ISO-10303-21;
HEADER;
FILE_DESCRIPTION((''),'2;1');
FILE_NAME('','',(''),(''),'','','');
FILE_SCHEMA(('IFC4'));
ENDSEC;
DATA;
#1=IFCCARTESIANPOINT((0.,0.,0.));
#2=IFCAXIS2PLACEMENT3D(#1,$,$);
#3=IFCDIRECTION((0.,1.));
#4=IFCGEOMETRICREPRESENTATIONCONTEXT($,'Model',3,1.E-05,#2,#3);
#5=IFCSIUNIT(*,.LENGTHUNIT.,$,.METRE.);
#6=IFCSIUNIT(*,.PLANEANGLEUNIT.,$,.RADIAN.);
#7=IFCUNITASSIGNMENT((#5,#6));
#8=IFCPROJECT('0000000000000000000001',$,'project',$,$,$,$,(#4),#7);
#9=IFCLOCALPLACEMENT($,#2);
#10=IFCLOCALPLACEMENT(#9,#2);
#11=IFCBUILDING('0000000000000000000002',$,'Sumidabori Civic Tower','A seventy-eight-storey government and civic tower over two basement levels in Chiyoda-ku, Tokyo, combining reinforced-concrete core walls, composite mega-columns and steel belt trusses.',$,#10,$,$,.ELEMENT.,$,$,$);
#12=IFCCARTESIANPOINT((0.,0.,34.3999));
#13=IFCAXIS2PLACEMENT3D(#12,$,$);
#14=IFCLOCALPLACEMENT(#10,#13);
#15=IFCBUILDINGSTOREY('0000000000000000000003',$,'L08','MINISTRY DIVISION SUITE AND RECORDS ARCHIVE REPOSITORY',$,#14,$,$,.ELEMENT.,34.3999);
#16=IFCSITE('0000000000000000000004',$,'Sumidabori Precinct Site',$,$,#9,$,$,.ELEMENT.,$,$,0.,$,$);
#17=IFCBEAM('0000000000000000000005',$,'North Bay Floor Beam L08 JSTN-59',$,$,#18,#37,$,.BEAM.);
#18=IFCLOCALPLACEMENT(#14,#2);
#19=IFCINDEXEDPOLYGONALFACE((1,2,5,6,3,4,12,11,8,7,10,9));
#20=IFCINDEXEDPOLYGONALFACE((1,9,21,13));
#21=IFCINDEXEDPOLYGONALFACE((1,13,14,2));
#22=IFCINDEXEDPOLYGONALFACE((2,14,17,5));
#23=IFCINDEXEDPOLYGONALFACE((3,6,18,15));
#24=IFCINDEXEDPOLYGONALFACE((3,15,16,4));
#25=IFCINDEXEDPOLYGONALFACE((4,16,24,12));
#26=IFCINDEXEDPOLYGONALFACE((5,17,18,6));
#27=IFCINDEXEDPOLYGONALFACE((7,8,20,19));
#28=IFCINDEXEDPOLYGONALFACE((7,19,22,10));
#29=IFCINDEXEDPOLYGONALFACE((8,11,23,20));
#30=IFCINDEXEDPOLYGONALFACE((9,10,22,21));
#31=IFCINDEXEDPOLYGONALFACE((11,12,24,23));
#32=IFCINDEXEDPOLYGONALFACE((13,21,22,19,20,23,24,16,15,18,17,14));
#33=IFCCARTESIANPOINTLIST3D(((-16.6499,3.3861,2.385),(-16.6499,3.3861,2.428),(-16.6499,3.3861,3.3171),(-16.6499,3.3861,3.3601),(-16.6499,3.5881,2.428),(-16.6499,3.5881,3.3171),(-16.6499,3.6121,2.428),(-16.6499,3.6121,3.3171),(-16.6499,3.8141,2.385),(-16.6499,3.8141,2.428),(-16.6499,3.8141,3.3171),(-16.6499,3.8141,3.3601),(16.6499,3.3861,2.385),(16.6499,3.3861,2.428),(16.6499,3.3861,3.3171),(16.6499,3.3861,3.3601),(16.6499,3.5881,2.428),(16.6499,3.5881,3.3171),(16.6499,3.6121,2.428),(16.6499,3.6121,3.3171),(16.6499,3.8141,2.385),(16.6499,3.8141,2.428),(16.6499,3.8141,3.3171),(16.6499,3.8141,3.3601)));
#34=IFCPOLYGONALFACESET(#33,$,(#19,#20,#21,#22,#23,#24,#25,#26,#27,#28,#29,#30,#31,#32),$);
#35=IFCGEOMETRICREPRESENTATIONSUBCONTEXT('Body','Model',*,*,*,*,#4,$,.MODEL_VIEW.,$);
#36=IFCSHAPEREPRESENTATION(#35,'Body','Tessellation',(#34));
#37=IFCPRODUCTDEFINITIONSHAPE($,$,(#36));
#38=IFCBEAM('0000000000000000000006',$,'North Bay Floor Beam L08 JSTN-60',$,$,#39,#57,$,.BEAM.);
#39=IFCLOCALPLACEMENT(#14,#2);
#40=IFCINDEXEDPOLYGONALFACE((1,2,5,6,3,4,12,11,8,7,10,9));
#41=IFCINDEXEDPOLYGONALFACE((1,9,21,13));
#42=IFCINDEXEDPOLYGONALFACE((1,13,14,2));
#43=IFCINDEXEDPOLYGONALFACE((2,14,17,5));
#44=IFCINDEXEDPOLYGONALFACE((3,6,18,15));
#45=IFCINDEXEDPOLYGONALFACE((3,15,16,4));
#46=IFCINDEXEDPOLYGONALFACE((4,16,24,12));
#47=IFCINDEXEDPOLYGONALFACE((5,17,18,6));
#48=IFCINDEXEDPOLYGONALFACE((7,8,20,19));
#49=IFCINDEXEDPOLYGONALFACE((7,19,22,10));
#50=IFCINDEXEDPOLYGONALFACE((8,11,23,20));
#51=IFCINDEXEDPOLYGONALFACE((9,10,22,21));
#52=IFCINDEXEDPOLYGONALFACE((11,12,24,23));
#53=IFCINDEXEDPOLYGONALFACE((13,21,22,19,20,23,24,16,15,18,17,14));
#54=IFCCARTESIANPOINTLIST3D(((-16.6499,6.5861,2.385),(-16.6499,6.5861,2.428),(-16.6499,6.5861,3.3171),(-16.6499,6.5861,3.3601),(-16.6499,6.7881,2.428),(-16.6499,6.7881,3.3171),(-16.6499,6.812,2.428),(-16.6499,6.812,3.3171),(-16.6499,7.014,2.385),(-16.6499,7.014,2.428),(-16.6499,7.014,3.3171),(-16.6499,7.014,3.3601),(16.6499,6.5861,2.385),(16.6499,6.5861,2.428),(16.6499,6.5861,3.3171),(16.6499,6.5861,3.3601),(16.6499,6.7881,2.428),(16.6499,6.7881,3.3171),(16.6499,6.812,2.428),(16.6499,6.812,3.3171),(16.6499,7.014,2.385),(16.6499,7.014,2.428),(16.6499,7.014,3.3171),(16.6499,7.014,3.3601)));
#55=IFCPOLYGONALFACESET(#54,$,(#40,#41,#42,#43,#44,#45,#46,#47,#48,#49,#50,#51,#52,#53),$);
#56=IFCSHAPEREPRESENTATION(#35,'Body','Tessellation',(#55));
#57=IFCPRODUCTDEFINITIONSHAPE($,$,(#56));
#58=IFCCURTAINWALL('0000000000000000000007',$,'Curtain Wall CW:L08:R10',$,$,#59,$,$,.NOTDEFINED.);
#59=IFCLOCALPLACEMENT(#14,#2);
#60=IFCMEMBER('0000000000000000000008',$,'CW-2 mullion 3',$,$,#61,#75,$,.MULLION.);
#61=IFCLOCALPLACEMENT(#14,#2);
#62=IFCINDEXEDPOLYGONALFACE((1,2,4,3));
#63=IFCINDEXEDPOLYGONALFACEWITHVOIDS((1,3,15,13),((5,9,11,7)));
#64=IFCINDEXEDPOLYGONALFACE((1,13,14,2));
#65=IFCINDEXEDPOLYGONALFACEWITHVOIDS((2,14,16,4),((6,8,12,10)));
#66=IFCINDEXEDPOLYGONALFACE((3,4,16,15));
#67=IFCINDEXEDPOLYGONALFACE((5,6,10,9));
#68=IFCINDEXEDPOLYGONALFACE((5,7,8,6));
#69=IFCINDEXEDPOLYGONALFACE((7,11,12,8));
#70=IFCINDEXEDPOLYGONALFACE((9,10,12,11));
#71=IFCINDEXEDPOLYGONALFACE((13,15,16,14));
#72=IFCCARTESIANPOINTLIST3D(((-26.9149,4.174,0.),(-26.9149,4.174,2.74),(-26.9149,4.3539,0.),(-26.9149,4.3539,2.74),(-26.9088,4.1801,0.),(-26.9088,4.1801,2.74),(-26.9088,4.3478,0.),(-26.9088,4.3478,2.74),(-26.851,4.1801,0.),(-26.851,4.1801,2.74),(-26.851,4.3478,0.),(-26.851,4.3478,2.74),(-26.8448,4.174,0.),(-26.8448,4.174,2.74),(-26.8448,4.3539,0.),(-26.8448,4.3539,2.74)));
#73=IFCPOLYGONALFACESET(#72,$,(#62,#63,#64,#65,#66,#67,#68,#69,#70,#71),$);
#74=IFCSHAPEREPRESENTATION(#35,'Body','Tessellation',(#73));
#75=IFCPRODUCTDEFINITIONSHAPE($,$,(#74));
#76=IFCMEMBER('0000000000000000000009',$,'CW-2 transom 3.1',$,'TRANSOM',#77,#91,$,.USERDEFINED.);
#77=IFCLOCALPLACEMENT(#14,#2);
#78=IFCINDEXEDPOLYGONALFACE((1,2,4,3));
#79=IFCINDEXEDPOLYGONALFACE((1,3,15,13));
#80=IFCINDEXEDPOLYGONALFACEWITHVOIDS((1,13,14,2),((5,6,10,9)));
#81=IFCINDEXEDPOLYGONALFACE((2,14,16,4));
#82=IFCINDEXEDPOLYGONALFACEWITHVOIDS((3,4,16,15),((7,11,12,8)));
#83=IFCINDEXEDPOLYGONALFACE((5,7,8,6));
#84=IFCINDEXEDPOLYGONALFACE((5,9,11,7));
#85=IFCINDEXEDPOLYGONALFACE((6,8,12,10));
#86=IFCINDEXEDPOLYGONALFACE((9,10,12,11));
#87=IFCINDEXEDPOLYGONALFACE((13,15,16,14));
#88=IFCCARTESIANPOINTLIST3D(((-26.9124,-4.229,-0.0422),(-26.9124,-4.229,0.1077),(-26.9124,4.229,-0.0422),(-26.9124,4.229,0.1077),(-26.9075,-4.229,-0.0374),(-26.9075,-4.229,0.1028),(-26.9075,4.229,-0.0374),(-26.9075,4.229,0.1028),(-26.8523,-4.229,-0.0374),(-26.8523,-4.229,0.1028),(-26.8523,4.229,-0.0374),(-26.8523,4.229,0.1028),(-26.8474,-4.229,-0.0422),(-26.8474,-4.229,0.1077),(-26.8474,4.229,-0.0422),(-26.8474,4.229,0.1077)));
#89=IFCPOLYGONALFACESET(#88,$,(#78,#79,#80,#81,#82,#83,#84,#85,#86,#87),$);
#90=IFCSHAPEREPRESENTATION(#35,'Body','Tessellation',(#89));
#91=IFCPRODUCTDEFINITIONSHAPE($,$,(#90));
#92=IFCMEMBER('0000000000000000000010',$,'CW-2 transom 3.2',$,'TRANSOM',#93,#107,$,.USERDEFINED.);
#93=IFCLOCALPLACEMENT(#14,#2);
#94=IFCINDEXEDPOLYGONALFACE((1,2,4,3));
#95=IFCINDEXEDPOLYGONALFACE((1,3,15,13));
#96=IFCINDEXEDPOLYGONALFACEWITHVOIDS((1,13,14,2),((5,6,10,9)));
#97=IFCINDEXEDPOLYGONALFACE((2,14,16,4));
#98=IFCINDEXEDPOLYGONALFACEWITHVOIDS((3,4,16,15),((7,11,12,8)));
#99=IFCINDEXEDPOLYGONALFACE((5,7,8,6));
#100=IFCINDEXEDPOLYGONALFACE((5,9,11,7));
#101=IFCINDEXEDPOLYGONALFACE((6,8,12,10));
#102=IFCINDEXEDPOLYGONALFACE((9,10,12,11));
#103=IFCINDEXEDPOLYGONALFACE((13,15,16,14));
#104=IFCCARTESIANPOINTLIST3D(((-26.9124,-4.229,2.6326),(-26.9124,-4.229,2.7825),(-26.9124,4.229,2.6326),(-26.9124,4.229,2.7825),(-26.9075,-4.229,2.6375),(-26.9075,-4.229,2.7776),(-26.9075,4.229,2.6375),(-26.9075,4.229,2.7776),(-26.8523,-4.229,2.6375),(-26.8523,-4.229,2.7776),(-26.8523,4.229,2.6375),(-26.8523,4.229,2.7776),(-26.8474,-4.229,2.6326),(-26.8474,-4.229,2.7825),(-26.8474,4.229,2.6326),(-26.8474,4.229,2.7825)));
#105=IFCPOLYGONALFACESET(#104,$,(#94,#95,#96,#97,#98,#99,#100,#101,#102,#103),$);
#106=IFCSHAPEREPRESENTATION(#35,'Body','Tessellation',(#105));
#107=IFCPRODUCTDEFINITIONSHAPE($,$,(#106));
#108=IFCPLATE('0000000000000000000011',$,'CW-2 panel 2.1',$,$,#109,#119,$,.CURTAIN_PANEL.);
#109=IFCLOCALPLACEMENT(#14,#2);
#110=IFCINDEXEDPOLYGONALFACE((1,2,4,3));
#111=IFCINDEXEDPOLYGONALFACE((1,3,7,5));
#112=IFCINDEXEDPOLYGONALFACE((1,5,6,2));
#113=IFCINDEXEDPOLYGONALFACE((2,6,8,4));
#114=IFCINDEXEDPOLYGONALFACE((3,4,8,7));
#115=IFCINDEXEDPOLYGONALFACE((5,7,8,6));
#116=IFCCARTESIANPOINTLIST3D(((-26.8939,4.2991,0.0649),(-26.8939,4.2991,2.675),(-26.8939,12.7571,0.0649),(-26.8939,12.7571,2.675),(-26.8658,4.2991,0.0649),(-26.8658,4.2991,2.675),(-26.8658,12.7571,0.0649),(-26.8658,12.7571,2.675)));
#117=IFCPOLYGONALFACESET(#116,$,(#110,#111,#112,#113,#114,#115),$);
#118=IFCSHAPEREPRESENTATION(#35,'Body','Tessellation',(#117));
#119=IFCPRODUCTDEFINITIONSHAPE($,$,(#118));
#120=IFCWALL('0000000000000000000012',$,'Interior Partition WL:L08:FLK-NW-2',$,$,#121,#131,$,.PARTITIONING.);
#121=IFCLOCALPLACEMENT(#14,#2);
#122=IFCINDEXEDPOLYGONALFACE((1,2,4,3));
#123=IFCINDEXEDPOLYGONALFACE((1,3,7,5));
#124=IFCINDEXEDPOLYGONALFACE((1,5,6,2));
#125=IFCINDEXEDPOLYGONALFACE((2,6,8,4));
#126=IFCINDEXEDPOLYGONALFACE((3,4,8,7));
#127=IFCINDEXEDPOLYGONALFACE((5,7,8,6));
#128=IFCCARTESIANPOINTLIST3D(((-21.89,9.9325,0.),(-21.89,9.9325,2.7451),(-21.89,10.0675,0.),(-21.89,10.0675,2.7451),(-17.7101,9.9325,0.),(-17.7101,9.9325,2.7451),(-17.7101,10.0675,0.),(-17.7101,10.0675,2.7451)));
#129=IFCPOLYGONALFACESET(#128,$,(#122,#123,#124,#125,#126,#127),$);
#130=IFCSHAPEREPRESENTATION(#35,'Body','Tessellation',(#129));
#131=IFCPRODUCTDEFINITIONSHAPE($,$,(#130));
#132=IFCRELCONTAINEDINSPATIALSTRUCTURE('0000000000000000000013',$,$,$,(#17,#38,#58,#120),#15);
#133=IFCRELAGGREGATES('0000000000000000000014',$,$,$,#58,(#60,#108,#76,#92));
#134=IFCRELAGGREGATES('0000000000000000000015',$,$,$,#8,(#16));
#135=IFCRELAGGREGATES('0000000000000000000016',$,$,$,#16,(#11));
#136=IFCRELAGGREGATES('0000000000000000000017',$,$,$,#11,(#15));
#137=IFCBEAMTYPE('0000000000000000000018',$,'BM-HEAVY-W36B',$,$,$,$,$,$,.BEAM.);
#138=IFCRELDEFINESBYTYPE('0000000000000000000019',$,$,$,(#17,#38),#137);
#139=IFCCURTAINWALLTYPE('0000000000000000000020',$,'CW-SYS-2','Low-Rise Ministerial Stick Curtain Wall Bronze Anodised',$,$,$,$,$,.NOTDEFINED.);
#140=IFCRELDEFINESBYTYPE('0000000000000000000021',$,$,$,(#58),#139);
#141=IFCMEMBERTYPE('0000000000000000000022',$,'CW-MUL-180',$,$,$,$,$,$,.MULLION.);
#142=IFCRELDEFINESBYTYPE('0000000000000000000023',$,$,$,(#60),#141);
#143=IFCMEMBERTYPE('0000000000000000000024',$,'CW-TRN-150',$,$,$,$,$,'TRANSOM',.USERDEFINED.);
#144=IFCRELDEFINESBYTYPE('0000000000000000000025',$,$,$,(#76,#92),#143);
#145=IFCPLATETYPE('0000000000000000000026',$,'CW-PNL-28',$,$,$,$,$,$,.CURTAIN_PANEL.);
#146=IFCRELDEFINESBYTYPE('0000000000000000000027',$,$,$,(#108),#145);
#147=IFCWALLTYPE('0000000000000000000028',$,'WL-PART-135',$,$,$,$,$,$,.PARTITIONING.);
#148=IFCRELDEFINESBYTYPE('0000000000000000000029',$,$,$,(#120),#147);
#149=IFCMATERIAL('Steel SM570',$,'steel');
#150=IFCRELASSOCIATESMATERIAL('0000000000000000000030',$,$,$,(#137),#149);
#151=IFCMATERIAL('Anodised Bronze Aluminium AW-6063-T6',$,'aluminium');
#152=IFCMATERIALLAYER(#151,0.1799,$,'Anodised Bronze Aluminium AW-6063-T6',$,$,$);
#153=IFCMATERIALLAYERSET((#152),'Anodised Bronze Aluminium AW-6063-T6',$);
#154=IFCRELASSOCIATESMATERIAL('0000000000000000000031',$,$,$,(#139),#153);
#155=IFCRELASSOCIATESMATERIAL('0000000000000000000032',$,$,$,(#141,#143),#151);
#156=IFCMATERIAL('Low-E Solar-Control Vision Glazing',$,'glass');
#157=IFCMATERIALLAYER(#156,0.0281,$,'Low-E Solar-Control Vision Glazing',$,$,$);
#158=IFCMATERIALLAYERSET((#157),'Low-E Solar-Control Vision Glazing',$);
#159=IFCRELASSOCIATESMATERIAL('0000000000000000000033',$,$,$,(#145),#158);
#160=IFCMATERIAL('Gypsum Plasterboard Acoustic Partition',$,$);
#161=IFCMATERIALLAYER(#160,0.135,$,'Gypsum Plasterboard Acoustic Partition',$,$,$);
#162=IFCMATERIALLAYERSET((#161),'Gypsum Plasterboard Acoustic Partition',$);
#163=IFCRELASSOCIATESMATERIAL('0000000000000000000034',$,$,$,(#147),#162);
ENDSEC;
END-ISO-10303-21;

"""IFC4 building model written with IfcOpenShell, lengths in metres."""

from ifc_helpers import new_model, si_unit, direction, frame, frame_2d, origin, origin_2d, place, context, subcontext, project, spatial, rectangle, hollow_rectangle, i_section, extrude, source, transform, mapped, material, layer, layer_set, material_profile, profile_set, type_object, element, aggregate, save


model = new_model("IFC4")

# Units and contexts
model_context = context("Model", 3, precision=1e-05, world=origin(), true_north=direction((0.0, 1.0)))
body_context = subcontext(model_context, "Body", "Model", "MODEL_VIEW")
ifc_project = project(units=[si_unit("LENGTHUNIT", "METRE"), si_unit("PLANEANGLEUNIT", "RADIAN")], contexts=[model_context])

# Site, building, storey
site_placement = place(None, origin())
site = spatial("IfcSite", under=ifc_project, at=site_placement, Name="Sumidabori Precinct Site", CompositionType="ELEMENT", RefElevation=0.0)
building_placement = place(site_placement, origin())
building = spatial("IfcBuilding", under=site, at=building_placement, Name="Sumidabori Civic Tower", Description="A seventy-eight-storey government and civic tower over two basement levels in Chiyoda-ku, Tokyo, combining reinforced-concrete core walls, composite mega-columns and steel belt trusses.", CompositionType="ELEMENT")
storey_placement = place(building_placement, frame((0.0, 0.0, 34.3999)))
storey = spatial("IfcBuildingStorey", under=building, at=storey_placement, Name="L08", Description="MINISTRY DIVISION SUITE AND RECORDS ARCHIVE REPOSITORY", CompositionType="ELEMENT", Elevation=34.3999)

# Beams
ifc_material_1 = material(Name="Steel SM570", Category="steel")
ifc_material_profile_1 = material_profile(ifc_material_1, i_section(OverallWidth=0.428, OverallDepth=0.9751, WebThickness=0.0239, FlangeThickness=0.043, at=origin_2d()), Name="W36X395")
ifc_profile_set_1 = profile_set([ifc_material_profile_1], Name="Steel SM570")
beam_type_1 = type_object("IfcBeamType", Name="BM-HEAVY-W36B", PredefinedType="BEAM", material=ifc_profile_set_1)
shared_shape_1 = source(origin(), body_context, "Body", "SweptSolid", [
    extrude(i_section(OverallWidth=0.428, OverallDepth=0.9751, WebThickness=0.0239, FlangeThickness=0.043, at=origin_2d()), origin(), (0.0, 0.0, 1.0), 33.2998),
])
for number, where, z_axis, x_axis, name in (
    (1, (-16.6499, 3.6001, 2.8726), (1.0, 0.0, 0.0), (0.0, 1.0, 0.0), "North Bay Floor Beam L08 JSTN-59"),
    (2, (-16.6499, 6.8, 2.8726), (1.0, 0.0, 0.0), (0.0, 1.0, 0.0), "North Bay Floor Beam L08 JSTN-60"),
):
    element("IfcBeam", number, at=place(storey_placement, frame(where, z_axis=z_axis, x_axis=x_axis)), inside=storey, type_object=beam_type_1, Name=name, PredefinedType="BEAM", context=body_context, shape_type="MappedRepresentation", body=[
        mapped(shared_shape_1, transform((0.0, 0.0, 0.0), x_axis=(1.0, 0.0, 0.0), y_axis=(0.0, 1.0, 0.0), z_axis=(0.0, 0.0, 1.0), scale=1.0)),
    ])

# Curtain wall, members, plate
ifc_material_2 = material(Name="Anodised Bronze Aluminium AW-6063-T6", Category="aluminium")
ifc_layer_1 = layer(ifc_material_2, 0.1799, Name="Anodised Bronze Aluminium AW-6063-T6")
ifc_layer_set_1 = layer_set([ifc_layer_1], Name="Anodised Bronze Aluminium AW-6063-T6")
curtain_wall_type = type_object("IfcCurtainWallType", Name="CW-SYS-2", Description="Low-Rise Ministerial Stick Curtain Wall Bronze Anodised", PredefinedType="NOTDEFINED", material=ifc_layer_set_1)
curtain_wall_placement = place(storey_placement, origin())
curtain_wall = element("IfcCurtainWall", 3, at=curtain_wall_placement, inside=storey, type_object=curtain_wall_type, Name="Curtain Wall CW:L08:R10", PredefinedType="NOTDEFINED")
ifc_material_profile_2 = material_profile(ifc_material_2, hollow_rectangle(XDim=0.0701, YDim=0.1799, WallThickness=0.0061, at=origin_2d()), Name="ALU MULLION 180x70")
ifc_profile_set_2 = profile_set([ifc_material_profile_2], Name="Anodised Bronze Aluminium AW-6063-T6")
member_type_1 = type_object("IfcMemberType", Name="CW-MUL-180", PredefinedType="MULLION", material=ifc_profile_set_2)
shared_shape_2 = source(origin(), body_context, "Body", "SweptSolid", [
    extrude(hollow_rectangle(XDim=0.0701, YDim=0.1799, WallThickness=0.0061, at=origin_2d()), origin(), (0.0, 0.0, 1.0), 2.74),
])
member_1_placement = place(storey_placement, frame((-26.8799, 4.2639, 0.0), z_axis=(0.0, 0.0, 1.0), x_axis=(1.0, 0.0, 0.0)))
member_1 = element("IfcMember", 4, at=member_1_placement, type_object=member_type_1, Name="CW-2 mullion 3", PredefinedType="MULLION", context=body_context, shape_type="MappedRepresentation", body=[
    mapped(shared_shape_2, transform((0.0, 0.0, 0.0), x_axis=(1.0, 0.0, 0.0), y_axis=(0.0, 1.0, 0.0), z_axis=(0.0, 0.0, 1.0), scale=1.0)),
])
ifc_material_profile_3 = material_profile(ifc_material_2, hollow_rectangle(XDim=0.0649, YDim=0.1499, WallThickness=0.0049, at=origin_2d()), Name="ALU TRANSOM 150x65")
ifc_profile_set_3 = profile_set([ifc_material_profile_3], Name="Anodised Bronze Aluminium AW-6063-T6")
member_type_2 = type_object("IfcMemberType", Name="CW-TRN-150", ElementType="TRANSOM", PredefinedType="USERDEFINED", material=ifc_profile_set_3)
shared_shape_3 = source(origin(), body_context, "Body", "SweptSolid", [
    extrude(hollow_rectangle(XDim=0.0649, YDim=0.1499, WallThickness=0.0049, at=origin_2d()), origin(), (0.0, 0.0, 1.0), 8.458),
])
member_2_placement = place(storey_placement, frame((-26.8799, 4.229, 0.0327), z_axis=(0.0, -1.0, 0.0), x_axis=(1.0, 0.0, 0.0)))
member_2 = element("IfcMember", 5, at=member_2_placement, type_object=member_type_2, Name="CW-2 transom 3.1", ObjectType="TRANSOM", PredefinedType="USERDEFINED", context=body_context, shape_type="MappedRepresentation", body=[
    mapped(shared_shape_3, transform((0.0, 0.0, 0.0), x_axis=(1.0, 0.0, 0.0), y_axis=(0.0, 1.0, 0.0), z_axis=(0.0, 0.0, 1.0), scale=1.0)),
])
member_3_placement = place(storey_placement, frame((-26.8799, 4.229, 2.7075), z_axis=(0.0, -1.0, 0.0), x_axis=(1.0, 0.0, 0.0)))
member_3 = element("IfcMember", 6, at=member_3_placement, type_object=member_type_2, Name="CW-2 transom 3.2", ObjectType="TRANSOM", PredefinedType="USERDEFINED", context=body_context, shape_type="MappedRepresentation", body=[
    mapped(shared_shape_3, transform((0.0, 0.0, 0.0), x_axis=(1.0, 0.0, 0.0), y_axis=(0.0, 1.0, 0.0), z_axis=(0.0, 0.0, 1.0), scale=1.0)),
])
ifc_material_3 = material(Name="Low-E Solar-Control Vision Glazing", Category="glass")
ifc_layer_2 = layer(ifc_material_3, 0.0281, Name="Low-E Solar-Control Vision Glazing")
ifc_layer_set_2 = layer_set([ifc_layer_2], Name="Low-E Solar-Control Vision Glazing")
plate_type = type_object("IfcPlateType", Name="CW-PNL-28", PredefinedType="CURTAIN_PANEL", material=ifc_layer_set_2)
shared_shape_4 = source(origin(), body_context, "Body", "SweptSolid", [
    extrude(rectangle(XDim=8.458, YDim=0.0281, at=origin_2d()), origin(), (0.0, 0.0, 1.0), 2.6101),
])
plate_placement = place(storey_placement, frame((-26.8799, 8.5281, 0.0649), z_axis=(0.0, 0.0, 1.0), x_axis=(0.0, -1.0, 0.0)))
plate = element("IfcPlate", 7, at=plate_placement, type_object=plate_type, Name="CW-2 panel 2.1", PredefinedType="CURTAIN_PANEL", context=body_context, shape_type="MappedRepresentation", body=[
    mapped(shared_shape_4, transform((0.0, 0.0, 0.0), x_axis=(1.0, 0.0, 0.0), y_axis=(0.0, 1.0, 0.0), z_axis=(0.0, 0.0, 1.0), scale=1.0)),
])
aggregate(curtain_wall, [member_1, plate, member_2, member_3])

# Shared definitions
ifc_material_4 = material(Name="Gypsum Plasterboard Acoustic Partition")
ifc_layer_3 = layer(ifc_material_4, 0.135, Name="Gypsum Plasterboard Acoustic Partition")
ifc_layer_set_3 = layer_set([ifc_layer_3], Name="Gypsum Plasterboard Acoustic Partition")
wall_type = type_object("IfcWallType", Name="WL-PART-135", PredefinedType="PARTITIONING", material=ifc_layer_set_3)

# Wall
shared_shape_5 = source(origin(), body_context, "Body", "SweptSolid", [
    extrude(rectangle(XDim=4.1799, YDim=0.135, at=frame_2d((2.0898, 0.0))), origin(), (0.0, 0.0, 1.0), 2.7451),
])
wall_1_placement = place(storey_placement, frame((-21.8899, 10.0, 0.0), z_axis=(0.0, 0.0, 1.0), x_axis=(1.0, 0.0, 0.0)))
element("IfcWall", 8, at=wall_1_placement, inside=storey, type_object=wall_type, Name="Interior Partition WL:L08:FLK-NW-2", PredefinedType="PARTITIONING", context=body_context, shape_type="MappedRepresentation", body=[
    mapped(shared_shape_5, transform((0.0, 0.0, 0.0), x_axis=(1.0, 0.0, 0.0), y_axis=(0.0, 1.0, 0.0), z_axis=(0.0, 0.0, 1.0), scale=1.0)),
])

save(model, "model.ifc")
